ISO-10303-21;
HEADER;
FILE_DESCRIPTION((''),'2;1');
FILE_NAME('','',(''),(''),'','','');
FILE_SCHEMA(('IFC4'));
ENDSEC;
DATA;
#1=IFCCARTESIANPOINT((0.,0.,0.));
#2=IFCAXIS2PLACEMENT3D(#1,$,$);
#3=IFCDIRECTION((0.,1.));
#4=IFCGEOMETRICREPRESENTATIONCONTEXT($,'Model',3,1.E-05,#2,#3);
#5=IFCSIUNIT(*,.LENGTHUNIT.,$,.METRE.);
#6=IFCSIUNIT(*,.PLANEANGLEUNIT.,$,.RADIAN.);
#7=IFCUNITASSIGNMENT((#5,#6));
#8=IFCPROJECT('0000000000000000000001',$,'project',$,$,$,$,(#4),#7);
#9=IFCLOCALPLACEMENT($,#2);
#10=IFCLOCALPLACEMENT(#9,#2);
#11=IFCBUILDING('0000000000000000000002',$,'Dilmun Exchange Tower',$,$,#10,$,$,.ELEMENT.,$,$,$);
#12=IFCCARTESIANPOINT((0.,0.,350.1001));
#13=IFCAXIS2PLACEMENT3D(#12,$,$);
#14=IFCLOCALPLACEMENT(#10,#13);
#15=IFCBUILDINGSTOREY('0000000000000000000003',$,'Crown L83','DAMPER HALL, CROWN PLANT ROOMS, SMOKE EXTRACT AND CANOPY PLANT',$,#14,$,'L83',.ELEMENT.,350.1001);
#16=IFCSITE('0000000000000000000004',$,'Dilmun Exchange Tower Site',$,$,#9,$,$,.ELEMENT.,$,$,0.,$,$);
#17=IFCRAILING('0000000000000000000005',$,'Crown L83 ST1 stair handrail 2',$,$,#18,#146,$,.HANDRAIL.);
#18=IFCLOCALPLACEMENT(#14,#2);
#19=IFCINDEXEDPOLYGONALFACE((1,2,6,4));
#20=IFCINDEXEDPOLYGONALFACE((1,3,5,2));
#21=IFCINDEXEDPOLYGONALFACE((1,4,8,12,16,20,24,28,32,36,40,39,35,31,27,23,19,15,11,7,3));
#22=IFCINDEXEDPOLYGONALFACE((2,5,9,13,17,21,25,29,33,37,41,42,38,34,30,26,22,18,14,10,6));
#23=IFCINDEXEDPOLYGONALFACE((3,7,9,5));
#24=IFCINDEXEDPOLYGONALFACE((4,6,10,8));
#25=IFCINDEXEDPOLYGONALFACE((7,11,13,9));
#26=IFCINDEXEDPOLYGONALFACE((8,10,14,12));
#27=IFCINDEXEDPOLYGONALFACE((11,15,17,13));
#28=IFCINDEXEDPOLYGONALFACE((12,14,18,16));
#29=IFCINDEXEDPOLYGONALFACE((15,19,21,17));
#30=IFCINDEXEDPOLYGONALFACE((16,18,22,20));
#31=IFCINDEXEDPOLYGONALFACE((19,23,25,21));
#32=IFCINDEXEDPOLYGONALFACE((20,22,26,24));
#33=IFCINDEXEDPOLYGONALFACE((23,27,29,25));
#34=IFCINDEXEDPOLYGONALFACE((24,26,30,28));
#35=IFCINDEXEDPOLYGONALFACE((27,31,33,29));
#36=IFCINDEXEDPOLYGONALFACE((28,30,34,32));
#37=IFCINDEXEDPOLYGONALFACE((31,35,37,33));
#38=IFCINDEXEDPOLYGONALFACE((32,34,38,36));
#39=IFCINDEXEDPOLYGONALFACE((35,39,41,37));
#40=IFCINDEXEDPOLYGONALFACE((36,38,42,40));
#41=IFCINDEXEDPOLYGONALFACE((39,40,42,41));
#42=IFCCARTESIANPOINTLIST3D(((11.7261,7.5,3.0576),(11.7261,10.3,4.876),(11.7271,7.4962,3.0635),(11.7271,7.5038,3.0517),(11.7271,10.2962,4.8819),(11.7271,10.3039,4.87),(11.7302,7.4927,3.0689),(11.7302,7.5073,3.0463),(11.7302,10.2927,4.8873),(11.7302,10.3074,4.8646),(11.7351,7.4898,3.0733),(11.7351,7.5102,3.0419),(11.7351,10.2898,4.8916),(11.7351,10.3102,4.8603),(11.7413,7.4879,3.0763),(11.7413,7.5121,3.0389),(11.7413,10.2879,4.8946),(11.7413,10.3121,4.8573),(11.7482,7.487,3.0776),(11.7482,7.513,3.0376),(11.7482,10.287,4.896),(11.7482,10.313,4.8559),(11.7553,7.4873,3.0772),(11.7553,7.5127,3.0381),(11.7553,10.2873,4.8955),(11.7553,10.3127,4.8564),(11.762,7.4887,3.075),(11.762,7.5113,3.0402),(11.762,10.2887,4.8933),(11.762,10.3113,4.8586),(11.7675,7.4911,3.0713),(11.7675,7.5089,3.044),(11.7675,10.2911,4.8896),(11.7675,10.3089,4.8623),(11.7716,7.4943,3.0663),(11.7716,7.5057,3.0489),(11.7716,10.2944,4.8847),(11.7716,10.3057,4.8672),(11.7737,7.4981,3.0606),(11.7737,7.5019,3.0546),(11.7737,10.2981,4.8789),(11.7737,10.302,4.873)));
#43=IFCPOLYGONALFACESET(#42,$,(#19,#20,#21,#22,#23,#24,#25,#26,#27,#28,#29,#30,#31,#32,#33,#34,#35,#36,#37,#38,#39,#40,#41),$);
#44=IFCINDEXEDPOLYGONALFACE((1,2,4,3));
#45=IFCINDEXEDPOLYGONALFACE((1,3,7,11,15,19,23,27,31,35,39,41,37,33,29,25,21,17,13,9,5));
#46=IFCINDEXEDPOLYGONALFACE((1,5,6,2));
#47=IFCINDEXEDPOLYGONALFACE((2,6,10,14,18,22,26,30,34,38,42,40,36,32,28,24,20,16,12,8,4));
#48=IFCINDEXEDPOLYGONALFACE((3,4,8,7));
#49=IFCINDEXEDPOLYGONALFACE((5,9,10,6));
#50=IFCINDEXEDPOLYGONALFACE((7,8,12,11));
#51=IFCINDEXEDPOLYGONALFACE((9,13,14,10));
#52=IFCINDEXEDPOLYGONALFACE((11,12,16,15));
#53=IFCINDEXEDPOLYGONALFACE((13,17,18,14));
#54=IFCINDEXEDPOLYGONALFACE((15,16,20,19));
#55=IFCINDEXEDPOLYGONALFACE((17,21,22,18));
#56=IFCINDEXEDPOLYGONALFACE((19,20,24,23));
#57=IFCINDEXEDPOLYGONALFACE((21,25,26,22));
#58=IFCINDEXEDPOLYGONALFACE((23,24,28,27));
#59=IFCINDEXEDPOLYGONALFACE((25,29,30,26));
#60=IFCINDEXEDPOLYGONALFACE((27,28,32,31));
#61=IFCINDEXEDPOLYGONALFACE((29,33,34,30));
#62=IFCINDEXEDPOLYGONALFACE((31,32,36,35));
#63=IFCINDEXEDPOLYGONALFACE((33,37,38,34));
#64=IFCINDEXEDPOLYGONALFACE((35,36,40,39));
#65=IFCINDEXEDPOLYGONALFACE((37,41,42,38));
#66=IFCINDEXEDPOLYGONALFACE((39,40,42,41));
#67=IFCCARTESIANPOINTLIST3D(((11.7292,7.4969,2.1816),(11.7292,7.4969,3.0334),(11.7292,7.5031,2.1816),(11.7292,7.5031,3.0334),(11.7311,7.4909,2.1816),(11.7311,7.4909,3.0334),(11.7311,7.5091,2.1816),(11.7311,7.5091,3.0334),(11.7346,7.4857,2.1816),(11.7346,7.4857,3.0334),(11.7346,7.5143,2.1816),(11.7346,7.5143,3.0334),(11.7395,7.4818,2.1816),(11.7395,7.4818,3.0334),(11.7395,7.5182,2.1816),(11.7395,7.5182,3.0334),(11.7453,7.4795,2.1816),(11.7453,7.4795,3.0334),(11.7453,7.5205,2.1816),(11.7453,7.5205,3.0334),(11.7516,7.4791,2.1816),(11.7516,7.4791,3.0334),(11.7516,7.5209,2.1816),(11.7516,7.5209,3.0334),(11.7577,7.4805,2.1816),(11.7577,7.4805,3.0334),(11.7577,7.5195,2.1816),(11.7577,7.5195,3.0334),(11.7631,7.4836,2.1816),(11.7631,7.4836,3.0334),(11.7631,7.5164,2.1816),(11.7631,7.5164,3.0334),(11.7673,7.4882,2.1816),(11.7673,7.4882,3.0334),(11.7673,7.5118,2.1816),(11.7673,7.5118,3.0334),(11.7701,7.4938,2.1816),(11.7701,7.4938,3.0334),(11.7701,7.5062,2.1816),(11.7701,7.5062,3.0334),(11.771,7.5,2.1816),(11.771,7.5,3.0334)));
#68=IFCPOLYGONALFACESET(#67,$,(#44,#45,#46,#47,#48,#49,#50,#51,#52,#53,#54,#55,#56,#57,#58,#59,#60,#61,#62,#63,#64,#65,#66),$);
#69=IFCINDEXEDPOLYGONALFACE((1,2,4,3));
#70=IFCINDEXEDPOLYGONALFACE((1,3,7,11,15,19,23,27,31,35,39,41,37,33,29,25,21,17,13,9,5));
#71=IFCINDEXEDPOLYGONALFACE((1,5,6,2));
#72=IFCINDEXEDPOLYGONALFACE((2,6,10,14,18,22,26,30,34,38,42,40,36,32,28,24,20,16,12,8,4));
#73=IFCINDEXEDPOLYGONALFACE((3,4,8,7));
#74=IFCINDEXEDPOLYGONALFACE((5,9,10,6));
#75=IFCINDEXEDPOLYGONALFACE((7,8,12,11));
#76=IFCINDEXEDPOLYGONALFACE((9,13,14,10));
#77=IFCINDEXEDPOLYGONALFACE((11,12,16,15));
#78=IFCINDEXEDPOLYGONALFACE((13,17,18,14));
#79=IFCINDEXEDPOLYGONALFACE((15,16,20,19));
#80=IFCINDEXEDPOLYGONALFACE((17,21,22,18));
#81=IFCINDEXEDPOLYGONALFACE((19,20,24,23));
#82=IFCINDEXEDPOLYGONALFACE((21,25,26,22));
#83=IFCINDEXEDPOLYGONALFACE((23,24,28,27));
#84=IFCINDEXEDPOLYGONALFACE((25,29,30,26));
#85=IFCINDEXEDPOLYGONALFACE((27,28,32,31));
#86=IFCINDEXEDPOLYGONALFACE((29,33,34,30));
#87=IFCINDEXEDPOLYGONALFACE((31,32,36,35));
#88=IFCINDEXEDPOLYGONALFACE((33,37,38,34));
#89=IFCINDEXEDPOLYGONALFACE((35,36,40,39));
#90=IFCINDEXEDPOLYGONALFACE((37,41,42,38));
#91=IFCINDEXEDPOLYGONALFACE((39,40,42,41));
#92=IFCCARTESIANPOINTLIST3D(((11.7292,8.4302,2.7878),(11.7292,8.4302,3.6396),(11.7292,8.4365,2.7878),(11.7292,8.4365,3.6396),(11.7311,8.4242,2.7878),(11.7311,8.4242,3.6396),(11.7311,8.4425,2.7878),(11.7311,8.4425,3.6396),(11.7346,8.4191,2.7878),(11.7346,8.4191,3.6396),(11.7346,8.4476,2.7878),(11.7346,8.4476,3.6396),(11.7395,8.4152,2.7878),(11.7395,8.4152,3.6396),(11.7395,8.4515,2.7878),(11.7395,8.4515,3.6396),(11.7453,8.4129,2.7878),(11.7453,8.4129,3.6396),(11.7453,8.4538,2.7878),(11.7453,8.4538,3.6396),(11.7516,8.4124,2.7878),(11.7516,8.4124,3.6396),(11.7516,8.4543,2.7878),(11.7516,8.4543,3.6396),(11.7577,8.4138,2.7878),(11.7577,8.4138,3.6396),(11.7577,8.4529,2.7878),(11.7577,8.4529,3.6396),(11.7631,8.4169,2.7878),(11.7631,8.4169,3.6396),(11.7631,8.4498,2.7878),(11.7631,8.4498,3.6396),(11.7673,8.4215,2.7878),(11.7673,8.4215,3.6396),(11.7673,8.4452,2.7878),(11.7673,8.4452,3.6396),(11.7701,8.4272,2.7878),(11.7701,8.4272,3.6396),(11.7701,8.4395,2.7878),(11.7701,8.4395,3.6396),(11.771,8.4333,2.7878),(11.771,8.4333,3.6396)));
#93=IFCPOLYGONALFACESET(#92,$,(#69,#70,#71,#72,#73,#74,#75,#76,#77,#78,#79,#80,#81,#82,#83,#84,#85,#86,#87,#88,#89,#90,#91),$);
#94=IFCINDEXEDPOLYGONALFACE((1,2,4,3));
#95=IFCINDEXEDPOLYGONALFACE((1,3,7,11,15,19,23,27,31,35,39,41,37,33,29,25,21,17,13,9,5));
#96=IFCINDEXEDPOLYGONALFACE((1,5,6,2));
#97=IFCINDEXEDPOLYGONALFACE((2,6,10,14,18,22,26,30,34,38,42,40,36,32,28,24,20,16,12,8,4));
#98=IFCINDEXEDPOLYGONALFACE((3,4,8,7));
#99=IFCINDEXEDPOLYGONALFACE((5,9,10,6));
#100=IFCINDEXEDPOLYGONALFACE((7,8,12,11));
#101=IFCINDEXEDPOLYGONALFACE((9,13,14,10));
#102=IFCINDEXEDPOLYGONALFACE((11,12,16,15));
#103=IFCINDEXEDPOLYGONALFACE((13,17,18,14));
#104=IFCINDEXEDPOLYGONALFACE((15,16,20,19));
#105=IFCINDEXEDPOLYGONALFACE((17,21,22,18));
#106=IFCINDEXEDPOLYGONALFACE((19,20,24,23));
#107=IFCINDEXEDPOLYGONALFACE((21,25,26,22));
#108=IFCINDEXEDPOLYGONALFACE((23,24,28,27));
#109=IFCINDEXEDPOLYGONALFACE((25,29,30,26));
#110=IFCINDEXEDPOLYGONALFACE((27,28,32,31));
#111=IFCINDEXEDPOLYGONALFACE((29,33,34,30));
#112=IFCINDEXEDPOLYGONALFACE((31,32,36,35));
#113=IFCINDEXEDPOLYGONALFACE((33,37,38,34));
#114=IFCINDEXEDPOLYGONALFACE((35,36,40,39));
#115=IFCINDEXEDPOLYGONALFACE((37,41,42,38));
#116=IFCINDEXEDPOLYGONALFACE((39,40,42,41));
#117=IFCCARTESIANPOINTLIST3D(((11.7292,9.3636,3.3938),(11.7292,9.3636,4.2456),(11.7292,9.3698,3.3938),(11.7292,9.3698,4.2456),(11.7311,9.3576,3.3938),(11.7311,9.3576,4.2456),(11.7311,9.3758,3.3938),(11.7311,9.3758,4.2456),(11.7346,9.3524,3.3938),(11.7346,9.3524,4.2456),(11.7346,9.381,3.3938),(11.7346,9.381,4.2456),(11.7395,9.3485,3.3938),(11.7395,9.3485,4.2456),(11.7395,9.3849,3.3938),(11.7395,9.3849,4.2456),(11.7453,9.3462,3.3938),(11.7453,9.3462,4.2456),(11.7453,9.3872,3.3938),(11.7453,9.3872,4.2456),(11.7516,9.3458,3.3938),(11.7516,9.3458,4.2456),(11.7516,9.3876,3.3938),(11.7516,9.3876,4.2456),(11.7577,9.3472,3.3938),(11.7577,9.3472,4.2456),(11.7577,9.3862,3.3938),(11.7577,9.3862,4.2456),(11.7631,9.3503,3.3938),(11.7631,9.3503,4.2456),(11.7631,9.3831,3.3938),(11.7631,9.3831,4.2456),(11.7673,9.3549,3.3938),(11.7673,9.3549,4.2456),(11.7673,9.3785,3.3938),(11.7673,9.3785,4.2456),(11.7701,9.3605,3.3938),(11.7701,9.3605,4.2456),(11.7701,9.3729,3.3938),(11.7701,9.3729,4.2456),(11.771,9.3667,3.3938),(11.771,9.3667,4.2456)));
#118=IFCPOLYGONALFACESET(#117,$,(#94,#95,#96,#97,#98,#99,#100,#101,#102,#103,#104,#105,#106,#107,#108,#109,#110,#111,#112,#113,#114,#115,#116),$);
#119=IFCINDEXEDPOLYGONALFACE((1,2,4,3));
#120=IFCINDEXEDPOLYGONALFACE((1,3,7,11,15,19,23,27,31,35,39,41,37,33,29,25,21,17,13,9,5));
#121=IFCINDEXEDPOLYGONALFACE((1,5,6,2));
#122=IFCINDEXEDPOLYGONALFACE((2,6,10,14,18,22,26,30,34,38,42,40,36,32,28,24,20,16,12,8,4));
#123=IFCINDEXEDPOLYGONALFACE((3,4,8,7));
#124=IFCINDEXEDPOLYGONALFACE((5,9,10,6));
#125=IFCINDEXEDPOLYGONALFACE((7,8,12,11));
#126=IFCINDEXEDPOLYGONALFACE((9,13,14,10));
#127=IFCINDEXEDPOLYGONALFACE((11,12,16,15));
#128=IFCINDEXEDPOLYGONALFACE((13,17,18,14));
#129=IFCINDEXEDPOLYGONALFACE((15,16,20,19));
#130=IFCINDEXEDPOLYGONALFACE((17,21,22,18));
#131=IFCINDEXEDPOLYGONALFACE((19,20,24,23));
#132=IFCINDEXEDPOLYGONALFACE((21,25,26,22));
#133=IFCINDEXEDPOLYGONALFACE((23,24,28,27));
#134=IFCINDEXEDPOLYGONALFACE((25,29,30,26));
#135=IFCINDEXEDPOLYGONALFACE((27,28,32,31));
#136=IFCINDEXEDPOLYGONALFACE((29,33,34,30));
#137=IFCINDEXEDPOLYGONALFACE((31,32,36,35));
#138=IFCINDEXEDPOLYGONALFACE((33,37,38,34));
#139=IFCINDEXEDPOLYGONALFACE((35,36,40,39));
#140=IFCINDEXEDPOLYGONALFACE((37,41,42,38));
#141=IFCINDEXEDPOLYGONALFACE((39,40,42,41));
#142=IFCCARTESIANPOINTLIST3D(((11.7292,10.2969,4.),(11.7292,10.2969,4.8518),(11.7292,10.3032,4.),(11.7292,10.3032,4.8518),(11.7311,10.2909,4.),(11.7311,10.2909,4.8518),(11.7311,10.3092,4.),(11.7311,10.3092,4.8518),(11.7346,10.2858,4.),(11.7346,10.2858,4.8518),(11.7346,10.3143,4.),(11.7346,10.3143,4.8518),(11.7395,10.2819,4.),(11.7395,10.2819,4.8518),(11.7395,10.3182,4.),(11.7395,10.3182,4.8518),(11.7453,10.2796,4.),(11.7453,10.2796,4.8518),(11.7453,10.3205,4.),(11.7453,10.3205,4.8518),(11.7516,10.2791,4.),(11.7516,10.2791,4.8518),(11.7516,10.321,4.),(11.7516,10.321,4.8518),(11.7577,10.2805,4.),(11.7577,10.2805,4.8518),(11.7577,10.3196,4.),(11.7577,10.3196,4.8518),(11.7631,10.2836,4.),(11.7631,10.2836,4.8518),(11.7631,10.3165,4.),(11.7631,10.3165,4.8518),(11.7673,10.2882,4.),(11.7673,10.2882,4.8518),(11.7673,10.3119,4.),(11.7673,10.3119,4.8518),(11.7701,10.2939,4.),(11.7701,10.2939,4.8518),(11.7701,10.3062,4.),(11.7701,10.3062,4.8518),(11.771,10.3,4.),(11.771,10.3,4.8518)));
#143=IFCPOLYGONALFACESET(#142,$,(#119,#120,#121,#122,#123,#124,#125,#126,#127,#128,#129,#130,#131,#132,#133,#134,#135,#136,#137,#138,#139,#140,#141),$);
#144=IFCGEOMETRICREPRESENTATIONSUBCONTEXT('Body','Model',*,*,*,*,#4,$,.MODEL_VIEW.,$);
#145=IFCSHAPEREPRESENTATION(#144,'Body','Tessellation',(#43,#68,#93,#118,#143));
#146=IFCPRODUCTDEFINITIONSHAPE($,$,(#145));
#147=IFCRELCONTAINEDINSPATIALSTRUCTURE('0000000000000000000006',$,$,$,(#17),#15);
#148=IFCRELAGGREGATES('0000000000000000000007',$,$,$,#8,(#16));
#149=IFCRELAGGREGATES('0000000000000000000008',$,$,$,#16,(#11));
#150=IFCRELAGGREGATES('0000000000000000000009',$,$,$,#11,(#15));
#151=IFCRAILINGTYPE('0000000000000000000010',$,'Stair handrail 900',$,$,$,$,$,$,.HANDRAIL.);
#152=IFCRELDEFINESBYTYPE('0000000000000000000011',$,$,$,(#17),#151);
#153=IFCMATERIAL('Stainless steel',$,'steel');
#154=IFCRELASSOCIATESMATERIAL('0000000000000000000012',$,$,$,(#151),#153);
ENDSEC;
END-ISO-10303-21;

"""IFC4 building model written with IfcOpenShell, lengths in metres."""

from ifc_helpers import new_model, si_unit, direction, frame, origin, origin_2d, place, context, subcontext, project, spatial, circle, extrude, material, type_object, element, save


model = new_model("IFC4")

# Units and contexts
model_context = context("Model", 3, precision=1e-05, world=origin(), true_north=direction((0.0, 1.0)))
body_context = subcontext(model_context, "Body", "Model", "MODEL_VIEW")
ifc_project = project(units=[si_unit("LENGTHUNIT", "METRE"), si_unit("PLANEANGLEUNIT", "RADIAN")], contexts=[model_context])

# Site, building, storey
site_placement = place(None, origin())
site = spatial("IfcSite", under=ifc_project, at=site_placement, Name="Dilmun Exchange Tower Site", CompositionType="ELEMENT", RefElevation=0.0)
building_placement = place(site_placement, origin())
building = spatial("IfcBuilding", under=site, at=building_placement, Name="Dilmun Exchange Tower", CompositionType="ELEMENT")
storey_placement = place(building_placement, frame((0.0, 0.0, 350.1001)))
storey = spatial("IfcBuildingStorey", under=building, at=storey_placement, Name="Crown L83", Description="DAMPER HALL, CROWN PLANT ROOMS, SMOKE EXTRACT AND CANOPY PLANT", LongName="L83", CompositionType="ELEMENT", Elevation=350.1001)

# Railing
ifc_material_1 = material(Name="Stainless steel", Category="steel")
railing_type = type_object("IfcRailingType", Name="Stair handrail 900", PredefinedType="HANDRAIL", material=ifc_material_1)
railing_1_placement = place(storey_placement, frame((11.75, 7.5, 2.1816)))
element("IfcRailing", 1, at=railing_1_placement, inside=storey, type_object=railing_type, Name="Crown L83 ST1 stair handrail 2", PredefinedType="HANDRAIL", context=body_context, shape_type="SweptSolid", body=[
    extrude(circle(Radius=0.0239, at=origin_2d()), frame((0.0, 0.0, 0.876), z_axis=(0.0, 0.838672, 0.544636), x_axis=(-1.0, 0.0, 0.0)), (0.0, 0.0, 1.0), 3.3386),
    extrude(circle(Radius=0.021, at=origin_2d()), origin(), (0.0, 0.0, 1.0), 0.8518),
    extrude(circle(Radius=0.021, at=origin_2d()), frame((0.0, 0.9333, 0.6062)), (0.0, 0.0, 1.0), 0.8518),
    extrude(circle(Radius=0.021, at=origin_2d()), frame((0.0, 1.8667, 1.2122)), (0.0, 0.0, 1.0), 0.8518),
    extrude(circle(Radius=0.021, at=origin_2d()), frame((0.0, 2.8, 1.8184)), (0.0, 0.0, 1.0), 0.8518),
])

save(model, "model.ifc")
